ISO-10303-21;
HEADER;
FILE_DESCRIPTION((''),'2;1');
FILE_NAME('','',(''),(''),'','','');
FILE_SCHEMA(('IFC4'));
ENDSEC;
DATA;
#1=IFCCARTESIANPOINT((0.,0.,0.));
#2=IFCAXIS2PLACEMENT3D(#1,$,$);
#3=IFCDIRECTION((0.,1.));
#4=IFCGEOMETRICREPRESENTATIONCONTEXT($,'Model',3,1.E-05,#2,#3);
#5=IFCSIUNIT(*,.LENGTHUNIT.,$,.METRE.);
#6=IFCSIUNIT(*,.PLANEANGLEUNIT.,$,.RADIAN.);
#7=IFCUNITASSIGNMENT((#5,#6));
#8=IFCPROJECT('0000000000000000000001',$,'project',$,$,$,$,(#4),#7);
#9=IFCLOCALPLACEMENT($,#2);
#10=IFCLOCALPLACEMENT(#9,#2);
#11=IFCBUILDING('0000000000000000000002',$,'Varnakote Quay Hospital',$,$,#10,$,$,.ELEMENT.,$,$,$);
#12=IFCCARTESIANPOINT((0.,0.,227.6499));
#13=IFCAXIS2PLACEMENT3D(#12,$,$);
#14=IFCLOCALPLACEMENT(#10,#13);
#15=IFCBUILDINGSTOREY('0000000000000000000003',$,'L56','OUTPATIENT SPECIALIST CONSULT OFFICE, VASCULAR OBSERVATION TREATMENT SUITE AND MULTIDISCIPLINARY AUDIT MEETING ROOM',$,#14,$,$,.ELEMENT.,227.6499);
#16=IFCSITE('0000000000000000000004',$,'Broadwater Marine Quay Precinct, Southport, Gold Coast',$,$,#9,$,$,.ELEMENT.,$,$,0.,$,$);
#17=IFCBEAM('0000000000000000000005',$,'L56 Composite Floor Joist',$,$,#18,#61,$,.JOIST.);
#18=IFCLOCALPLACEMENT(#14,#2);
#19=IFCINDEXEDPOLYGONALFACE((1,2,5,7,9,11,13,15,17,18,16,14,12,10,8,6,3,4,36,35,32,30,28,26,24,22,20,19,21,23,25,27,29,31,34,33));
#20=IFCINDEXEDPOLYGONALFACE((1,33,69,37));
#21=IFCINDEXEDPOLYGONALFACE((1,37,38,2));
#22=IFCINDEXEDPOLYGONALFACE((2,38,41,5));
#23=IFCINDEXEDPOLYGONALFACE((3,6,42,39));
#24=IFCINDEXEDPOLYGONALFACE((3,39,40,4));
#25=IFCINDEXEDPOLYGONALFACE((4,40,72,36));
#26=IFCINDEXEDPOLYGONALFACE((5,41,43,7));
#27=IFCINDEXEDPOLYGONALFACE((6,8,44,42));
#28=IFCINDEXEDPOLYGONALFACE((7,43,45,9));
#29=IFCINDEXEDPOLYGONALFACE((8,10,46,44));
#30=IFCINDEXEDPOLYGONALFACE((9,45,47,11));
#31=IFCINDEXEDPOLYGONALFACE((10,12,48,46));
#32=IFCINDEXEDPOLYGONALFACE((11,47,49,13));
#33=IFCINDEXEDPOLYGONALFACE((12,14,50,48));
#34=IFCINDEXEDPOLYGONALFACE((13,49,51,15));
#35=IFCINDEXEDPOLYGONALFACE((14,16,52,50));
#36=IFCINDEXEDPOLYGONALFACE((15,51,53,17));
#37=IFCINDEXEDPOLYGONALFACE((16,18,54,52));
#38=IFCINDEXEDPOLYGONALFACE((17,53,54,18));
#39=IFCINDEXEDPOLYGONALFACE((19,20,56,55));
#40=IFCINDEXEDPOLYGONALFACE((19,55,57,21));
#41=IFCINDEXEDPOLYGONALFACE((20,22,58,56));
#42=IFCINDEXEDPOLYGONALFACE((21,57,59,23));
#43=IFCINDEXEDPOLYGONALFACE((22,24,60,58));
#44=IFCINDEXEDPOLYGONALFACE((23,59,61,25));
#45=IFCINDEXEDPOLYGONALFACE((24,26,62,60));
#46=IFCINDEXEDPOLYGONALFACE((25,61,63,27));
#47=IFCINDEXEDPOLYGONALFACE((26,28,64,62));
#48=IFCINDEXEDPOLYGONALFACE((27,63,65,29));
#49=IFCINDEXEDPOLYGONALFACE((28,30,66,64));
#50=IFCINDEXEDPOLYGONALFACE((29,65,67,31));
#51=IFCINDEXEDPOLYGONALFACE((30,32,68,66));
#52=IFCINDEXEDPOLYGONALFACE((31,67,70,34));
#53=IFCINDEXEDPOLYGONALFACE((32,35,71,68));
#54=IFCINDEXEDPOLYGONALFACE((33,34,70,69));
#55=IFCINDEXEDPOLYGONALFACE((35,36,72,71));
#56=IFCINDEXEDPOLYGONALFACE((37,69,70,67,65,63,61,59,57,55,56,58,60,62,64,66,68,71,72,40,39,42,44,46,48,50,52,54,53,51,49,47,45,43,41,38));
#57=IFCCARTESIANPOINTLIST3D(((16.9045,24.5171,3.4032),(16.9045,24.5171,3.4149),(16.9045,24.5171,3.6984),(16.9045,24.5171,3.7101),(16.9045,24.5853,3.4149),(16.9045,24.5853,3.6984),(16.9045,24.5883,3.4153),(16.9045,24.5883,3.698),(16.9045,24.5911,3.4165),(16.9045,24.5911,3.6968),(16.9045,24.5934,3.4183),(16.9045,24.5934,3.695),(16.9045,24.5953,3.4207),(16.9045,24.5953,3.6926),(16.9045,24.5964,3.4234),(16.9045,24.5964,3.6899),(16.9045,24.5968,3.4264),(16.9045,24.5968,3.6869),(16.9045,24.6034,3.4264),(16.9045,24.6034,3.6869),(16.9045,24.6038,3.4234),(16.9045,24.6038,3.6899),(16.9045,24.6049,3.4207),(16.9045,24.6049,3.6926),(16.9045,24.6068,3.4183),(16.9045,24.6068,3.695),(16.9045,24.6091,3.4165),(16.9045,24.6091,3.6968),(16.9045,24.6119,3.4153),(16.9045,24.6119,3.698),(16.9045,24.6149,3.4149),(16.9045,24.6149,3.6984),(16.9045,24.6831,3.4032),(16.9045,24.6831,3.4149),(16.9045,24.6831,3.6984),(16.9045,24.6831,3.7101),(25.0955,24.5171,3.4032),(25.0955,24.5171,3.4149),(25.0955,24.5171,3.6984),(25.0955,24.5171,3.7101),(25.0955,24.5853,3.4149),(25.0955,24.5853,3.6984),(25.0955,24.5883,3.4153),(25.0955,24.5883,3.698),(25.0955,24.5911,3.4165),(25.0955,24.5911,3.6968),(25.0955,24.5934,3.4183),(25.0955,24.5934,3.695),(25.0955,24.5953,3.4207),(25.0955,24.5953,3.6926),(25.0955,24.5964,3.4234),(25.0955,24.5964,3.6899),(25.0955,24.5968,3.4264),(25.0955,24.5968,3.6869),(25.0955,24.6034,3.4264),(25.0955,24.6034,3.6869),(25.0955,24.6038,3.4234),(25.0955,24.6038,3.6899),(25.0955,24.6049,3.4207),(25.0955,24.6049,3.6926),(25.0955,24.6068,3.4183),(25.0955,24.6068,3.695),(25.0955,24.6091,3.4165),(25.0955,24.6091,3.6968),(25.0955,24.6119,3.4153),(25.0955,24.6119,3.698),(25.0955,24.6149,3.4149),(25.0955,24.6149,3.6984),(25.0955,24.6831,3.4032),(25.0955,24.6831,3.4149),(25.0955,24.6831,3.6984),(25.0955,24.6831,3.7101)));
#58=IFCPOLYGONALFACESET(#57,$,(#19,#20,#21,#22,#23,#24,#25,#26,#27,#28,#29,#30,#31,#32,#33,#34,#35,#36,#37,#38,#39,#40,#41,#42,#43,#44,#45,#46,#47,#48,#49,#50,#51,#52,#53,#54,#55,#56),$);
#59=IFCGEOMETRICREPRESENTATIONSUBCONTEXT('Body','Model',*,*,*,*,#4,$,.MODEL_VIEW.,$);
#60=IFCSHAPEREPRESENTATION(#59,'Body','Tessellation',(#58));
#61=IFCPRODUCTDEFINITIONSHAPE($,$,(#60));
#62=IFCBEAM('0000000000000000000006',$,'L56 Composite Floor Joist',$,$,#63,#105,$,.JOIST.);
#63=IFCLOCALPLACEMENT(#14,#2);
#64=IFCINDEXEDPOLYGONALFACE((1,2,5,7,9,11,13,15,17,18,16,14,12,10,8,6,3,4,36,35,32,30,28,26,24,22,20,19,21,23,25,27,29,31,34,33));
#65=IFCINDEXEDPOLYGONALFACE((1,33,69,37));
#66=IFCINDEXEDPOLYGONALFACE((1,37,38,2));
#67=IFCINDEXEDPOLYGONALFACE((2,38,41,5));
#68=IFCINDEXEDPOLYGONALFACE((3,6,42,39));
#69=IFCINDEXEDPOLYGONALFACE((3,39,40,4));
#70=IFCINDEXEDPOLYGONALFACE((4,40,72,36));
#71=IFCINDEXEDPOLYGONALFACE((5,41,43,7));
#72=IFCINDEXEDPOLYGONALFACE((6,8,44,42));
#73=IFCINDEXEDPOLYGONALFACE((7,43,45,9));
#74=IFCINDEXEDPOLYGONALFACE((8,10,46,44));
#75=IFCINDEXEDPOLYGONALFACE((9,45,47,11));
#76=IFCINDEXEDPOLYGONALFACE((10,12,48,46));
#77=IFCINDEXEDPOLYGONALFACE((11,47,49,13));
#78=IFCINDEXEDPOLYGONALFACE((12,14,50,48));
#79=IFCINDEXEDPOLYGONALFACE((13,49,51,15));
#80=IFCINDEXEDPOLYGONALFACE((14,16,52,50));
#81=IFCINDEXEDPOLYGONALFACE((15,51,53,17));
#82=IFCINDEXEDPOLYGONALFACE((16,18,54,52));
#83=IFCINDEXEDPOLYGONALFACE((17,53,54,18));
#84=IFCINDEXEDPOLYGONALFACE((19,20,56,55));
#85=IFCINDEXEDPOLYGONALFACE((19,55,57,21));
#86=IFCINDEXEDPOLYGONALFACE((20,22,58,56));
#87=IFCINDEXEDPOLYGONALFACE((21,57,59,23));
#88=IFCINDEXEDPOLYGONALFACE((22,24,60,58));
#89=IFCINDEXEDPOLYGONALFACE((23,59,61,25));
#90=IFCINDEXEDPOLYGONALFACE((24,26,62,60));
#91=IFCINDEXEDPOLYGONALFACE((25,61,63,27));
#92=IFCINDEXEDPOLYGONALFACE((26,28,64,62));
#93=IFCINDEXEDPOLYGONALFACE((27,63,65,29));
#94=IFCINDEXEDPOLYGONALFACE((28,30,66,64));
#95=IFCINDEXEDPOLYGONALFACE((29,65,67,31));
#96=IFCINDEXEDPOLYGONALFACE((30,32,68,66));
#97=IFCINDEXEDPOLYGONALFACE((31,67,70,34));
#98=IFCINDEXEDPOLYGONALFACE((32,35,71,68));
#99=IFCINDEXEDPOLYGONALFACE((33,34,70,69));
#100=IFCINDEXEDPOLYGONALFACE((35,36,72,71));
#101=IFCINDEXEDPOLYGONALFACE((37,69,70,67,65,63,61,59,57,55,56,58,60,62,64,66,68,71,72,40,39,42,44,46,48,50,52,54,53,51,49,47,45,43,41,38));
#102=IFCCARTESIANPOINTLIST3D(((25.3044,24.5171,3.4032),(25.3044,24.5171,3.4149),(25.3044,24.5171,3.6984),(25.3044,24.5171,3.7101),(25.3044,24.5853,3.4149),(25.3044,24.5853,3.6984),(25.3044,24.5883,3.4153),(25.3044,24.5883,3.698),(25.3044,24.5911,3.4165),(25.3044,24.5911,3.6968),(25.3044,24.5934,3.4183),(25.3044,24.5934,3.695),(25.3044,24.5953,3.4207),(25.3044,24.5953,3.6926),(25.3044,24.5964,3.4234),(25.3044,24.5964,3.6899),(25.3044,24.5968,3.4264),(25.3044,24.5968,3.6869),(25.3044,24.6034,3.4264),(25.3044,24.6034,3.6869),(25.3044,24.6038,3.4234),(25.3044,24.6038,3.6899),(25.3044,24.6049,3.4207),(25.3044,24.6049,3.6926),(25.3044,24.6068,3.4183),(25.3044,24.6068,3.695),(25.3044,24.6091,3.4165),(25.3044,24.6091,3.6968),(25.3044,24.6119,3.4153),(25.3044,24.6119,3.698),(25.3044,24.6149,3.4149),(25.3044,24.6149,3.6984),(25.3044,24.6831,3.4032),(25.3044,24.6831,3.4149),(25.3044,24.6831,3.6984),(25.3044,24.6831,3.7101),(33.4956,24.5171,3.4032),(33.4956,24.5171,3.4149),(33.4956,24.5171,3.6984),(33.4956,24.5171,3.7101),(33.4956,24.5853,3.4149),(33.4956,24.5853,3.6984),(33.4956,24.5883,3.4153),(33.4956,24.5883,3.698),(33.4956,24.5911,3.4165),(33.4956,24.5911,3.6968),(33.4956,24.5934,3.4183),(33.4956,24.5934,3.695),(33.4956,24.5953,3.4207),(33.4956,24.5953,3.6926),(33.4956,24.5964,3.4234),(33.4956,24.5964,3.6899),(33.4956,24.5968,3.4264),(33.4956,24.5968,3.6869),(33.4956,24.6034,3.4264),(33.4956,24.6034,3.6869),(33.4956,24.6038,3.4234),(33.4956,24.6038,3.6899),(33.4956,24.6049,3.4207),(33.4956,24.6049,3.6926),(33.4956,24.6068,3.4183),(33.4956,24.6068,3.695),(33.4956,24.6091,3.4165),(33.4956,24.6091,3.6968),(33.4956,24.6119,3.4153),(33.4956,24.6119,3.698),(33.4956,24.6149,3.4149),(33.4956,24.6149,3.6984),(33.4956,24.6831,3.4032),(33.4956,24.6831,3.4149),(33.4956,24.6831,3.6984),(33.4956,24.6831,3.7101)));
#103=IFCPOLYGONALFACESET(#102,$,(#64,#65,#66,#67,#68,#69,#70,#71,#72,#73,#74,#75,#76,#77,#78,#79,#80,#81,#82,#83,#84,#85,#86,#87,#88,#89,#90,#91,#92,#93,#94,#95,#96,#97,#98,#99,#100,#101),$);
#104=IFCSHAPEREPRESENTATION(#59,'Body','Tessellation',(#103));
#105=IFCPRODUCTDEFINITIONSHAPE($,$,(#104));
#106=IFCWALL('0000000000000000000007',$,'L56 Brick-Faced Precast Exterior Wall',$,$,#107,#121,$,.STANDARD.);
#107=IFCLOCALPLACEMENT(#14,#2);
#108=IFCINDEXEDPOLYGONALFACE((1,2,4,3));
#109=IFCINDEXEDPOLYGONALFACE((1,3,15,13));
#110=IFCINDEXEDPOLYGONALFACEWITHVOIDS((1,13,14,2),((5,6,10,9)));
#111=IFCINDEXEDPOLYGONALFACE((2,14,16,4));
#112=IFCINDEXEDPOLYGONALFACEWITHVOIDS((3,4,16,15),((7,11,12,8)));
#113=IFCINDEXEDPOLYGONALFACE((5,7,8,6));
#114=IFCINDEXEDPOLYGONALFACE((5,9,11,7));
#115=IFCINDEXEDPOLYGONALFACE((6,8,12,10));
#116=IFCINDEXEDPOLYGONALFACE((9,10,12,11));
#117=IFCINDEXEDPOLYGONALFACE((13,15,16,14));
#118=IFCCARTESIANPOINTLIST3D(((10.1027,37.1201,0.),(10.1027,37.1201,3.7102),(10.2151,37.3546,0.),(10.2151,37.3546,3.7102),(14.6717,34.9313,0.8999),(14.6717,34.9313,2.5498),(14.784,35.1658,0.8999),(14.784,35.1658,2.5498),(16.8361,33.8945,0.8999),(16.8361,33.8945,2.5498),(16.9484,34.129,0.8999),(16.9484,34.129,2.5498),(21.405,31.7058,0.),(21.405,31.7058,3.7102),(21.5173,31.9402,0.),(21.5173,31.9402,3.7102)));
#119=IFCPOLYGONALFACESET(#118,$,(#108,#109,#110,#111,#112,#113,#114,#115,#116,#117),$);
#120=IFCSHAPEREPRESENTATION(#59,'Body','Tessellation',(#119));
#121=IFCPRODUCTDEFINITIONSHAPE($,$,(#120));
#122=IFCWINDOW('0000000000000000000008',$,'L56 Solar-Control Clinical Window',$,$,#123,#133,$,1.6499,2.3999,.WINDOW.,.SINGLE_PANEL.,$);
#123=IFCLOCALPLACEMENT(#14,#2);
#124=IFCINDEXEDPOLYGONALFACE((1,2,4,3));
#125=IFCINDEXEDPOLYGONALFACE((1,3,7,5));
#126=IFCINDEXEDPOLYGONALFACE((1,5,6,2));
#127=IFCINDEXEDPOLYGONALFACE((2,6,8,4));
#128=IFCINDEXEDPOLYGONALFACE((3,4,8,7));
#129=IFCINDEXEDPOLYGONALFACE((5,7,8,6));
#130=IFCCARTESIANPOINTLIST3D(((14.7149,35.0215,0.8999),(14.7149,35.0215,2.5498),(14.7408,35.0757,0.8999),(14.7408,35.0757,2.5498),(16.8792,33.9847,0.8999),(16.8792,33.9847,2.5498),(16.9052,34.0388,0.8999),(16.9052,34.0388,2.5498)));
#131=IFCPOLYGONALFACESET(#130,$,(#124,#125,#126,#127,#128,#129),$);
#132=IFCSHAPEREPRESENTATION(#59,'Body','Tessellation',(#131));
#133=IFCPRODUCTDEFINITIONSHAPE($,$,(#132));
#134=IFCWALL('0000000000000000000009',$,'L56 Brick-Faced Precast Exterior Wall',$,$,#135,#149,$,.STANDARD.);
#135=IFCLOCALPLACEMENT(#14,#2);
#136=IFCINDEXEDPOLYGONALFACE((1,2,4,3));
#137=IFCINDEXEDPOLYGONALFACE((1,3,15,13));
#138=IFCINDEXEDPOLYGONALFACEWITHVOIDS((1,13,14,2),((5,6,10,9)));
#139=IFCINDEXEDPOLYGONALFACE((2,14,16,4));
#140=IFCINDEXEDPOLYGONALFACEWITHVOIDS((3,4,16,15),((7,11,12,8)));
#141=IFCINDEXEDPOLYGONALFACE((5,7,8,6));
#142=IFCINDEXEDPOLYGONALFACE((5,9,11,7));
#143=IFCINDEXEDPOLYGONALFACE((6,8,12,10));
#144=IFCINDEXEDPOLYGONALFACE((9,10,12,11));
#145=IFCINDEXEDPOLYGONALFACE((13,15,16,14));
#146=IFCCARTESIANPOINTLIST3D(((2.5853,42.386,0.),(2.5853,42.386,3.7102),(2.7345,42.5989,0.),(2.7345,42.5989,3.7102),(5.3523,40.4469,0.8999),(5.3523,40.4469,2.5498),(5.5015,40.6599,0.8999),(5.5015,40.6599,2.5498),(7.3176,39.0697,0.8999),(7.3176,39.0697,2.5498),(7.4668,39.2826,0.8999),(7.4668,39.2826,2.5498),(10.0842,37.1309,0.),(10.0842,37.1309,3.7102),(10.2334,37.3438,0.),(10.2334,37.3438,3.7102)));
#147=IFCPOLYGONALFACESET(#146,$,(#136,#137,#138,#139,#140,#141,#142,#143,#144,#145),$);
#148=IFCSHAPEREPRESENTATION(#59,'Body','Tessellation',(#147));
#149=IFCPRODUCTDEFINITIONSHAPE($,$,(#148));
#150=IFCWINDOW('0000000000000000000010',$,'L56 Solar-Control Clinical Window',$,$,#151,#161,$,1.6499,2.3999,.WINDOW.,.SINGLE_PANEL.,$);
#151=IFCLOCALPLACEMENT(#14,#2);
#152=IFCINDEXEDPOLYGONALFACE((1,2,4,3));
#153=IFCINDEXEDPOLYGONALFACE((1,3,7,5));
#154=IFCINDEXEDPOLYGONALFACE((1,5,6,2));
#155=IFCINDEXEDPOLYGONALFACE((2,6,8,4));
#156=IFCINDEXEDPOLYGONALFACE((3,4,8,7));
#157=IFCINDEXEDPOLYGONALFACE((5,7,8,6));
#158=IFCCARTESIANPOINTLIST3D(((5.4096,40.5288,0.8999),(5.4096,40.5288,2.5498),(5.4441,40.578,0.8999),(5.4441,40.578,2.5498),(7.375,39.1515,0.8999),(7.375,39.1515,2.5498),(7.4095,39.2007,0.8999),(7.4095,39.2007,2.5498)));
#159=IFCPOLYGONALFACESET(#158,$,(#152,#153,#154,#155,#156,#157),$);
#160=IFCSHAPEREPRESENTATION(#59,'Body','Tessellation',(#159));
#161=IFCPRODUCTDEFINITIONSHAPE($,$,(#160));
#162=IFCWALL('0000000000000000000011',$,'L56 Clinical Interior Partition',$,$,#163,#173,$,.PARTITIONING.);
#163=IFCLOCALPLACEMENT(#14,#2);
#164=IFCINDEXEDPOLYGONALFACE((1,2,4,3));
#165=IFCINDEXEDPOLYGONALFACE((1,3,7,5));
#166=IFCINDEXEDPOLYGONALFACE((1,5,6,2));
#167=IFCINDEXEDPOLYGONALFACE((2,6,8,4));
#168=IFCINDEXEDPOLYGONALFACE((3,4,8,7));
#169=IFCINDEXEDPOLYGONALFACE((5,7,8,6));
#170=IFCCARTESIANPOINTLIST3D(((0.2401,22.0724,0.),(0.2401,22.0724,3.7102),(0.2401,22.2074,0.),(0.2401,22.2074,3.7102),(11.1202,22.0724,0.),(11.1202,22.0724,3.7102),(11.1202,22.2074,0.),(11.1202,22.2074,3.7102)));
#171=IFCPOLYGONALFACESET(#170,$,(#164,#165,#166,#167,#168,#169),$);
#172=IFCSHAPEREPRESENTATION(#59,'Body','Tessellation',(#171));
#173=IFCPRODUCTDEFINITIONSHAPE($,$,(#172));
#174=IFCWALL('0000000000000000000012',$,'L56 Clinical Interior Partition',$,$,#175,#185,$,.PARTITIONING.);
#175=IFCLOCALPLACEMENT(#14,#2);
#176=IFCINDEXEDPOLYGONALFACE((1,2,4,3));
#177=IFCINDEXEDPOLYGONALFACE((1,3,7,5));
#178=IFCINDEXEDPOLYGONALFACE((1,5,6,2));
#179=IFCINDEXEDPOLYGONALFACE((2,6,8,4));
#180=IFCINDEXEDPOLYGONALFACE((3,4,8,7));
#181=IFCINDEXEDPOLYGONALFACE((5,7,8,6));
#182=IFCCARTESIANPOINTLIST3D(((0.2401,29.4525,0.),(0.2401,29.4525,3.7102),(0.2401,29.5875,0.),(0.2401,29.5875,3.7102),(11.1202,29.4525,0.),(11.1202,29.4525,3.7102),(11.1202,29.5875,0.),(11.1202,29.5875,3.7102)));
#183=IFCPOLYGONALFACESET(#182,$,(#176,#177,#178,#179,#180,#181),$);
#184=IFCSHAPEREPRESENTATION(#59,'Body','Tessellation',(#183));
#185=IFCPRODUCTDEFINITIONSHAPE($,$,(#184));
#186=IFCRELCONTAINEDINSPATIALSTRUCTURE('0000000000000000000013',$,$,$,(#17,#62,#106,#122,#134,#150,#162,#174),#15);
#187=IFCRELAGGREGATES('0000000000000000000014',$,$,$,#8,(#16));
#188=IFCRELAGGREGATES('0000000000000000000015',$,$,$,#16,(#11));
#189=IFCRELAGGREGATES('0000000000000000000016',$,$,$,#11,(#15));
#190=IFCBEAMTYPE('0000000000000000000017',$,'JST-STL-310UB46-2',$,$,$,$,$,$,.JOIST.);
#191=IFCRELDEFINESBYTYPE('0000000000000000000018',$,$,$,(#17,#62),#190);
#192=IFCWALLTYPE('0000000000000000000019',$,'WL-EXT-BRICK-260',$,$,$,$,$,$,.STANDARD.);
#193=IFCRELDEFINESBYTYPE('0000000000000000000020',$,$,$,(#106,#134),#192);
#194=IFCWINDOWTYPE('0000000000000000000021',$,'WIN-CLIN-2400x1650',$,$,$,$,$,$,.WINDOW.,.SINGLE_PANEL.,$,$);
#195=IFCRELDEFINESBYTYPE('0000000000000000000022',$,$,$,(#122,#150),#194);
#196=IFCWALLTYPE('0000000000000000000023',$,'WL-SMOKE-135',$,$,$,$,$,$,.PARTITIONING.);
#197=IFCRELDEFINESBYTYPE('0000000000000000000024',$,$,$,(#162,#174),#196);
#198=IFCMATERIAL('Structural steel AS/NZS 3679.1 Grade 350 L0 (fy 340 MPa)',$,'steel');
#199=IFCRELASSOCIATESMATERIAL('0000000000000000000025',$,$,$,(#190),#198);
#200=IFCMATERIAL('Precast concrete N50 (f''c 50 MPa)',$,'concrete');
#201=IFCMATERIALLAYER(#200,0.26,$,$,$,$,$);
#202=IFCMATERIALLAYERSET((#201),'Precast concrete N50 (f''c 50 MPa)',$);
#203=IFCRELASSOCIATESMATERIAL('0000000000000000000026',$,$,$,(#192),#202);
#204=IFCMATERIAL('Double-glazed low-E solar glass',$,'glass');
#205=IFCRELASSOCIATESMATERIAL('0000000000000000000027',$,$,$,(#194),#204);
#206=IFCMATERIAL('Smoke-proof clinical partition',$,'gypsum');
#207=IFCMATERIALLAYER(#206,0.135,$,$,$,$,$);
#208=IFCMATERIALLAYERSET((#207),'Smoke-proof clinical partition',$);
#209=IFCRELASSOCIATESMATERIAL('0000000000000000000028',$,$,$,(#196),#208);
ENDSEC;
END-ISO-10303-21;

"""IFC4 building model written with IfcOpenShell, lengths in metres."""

from ifc_helpers import new_model, si_unit, direction, frame, frame_2d, origin, origin_2d, place, context, subcontext, project, spatial, rectangle, i_section, extrude, material, layer, layer_set, material_profile, profile_set, type_object, element, fill, save


model = new_model("IFC4")

# Units and contexts
model_context = context("Model", 3, precision=1e-05, world=origin(), true_north=direction((0.0, 1.0)))
body_context = subcontext(model_context, "Body", "Model", "MODEL_VIEW")
ifc_project = project(units=[si_unit("LENGTHUNIT", "METRE"), si_unit("PLANEANGLEUNIT", "RADIAN")], contexts=[model_context])

# Site, building, storey
site_placement = place(None, origin())
site = spatial("IfcSite", under=ifc_project, at=site_placement, Name="Broadwater Marine Quay Precinct, Southport, Gold Coast", CompositionType="ELEMENT", RefElevation=0.0)
building_placement = place(site_placement, origin())
building = spatial("IfcBuilding", under=site, at=building_placement, Name="Varnakote Quay Hospital", CompositionType="ELEMENT")
storey_placement = place(building_placement, frame((0.0, 0.0, 227.6499)))
storey = spatial("IfcBuildingStorey", under=building, at=storey_placement, Name="L56", Description="OUTPATIENT SPECIALIST CONSULT OFFICE, VASCULAR OBSERVATION TREATMENT SUITE AND MULTIDISCIPLINARY AUDIT MEETING ROOM", CompositionType="ELEMENT", Elevation=227.6499)

# Beams
ifc_material_1 = material(Name="Structural steel AS/NZS 3679.1 Grade 350 L0 (fy 340 MPa)", Category="steel")
ifc_material_profile_1 = material_profile(ifc_material_1, i_section(OverallWidth=0.166, OverallDepth=0.3069, WebThickness=0.0066, FlangeThickness=0.0117, FilletRadius=0.0115, at=origin_2d()), Name="310UB46.2")
ifc_profile_set_1 = profile_set([ifc_material_profile_1], Name="Structural steel AS/NZS 3679.1 Grade 350 L0 (fy 340 MPa)")
beam_type_1 = type_object("IfcBeamType", Name="JST-STL-310UB46-2", PredefinedType="JOIST", material=ifc_profile_set_1)
beam_1_placement = place(storey_placement, frame((16.9045, 24.6001, 3.5566), z_axis=(1.0, 0.0, 0.0), x_axis=(0.0, 1.0, 0.0)))
element("IfcBeam", 1, at=beam_1_placement, inside=storey, type_object=beam_type_1, Name="L56 Composite Floor Joist", PredefinedType="JOIST", context=body_context, shape_type="SweptSolid", body=[
    extrude(i_section(OverallWidth=0.166, OverallDepth=0.3069, WebThickness=0.0066, FlangeThickness=0.0117, FilletRadius=0.0115, at=origin_2d()), origin(), (0.0, 0.0, 1.0), 8.1909),
])
beam_2_placement = place(storey_placement, frame((25.3044, 24.6001, 3.5566), z_axis=(1.0, 0.0, 0.0), x_axis=(0.0, 1.0, 0.0)))
element("IfcBeam", 2, at=beam_2_placement, inside=storey, type_object=beam_type_1, Name="L56 Composite Floor Joist", PredefinedType="JOIST", context=body_context, shape_type="SweptSolid", body=[
    extrude(i_section(OverallWidth=0.166, OverallDepth=0.3069, WebThickness=0.0066, FlangeThickness=0.0117, FilletRadius=0.0115, at=origin_2d()), origin(), (0.0, 0.0, 1.0), 8.1912),
])

# Walls, openings, windows
ifc_material_2 = material(Name="Precast concrete N50 (f'c 50 MPa)", Category="concrete")
ifc_layer_1 = layer(ifc_material_2, 0.26)
ifc_layer_set_1 = layer_set([ifc_layer_1], Name="Precast concrete N50 (f'c 50 MPa)")
wall_type_1 = type_object("IfcWallType", Name="WL-EXT-BRICK-260", PredefinedType="STANDARD", material=ifc_layer_set_1)
wall_1_placement = place(storey_placement, frame((21.4612, 31.823, 0.0), z_axis=(0.0, 0.0, 1.0), x_axis=(-0.901858, 0.432032, 0.0)))
wall_1 = element("IfcWall", 3, at=wall_1_placement, inside=storey, type_object=wall_type_1, Name="L56 Brick-Faced Precast Exterior Wall", PredefinedType="STANDARD", context=body_context, shape_type="SweptSolid", body=[
    extrude(rectangle(XDim=12.5322, YDim=0.26, at=frame_2d((6.2661, 0.0))), origin(), (0.0, 0.0, 1.0), 3.7102),
])
opening_1_placement = place(wall_1_placement, frame((5.0662, 0.0, 0.8999)))
opening_1 = element("IfcOpeningElement", 4, at=opening_1_placement, cuts=wall_1, PredefinedType="OPENING", context=body_context, shape_type="SweptSolid", body=[
    extrude(rectangle(XDim=2.3999, YDim=1.6499, at=frame_2d((1.2, 0.825))), frame((0.0, 0.1399, 0.0), z_axis=(0.0, -1.0, 0.0), x_axis=(1.0, 0.0, 0.0)), (0.0, 0.0, 1.0), 0.28),
])
ifc_material_3 = material(Name="Double-glazed low-E solar glass", Category="glass")
window_type = type_object("IfcWindowType", Name="WIN-CLIN-2400x1650", PartitioningType="SINGLE_PANEL", PredefinedType="WINDOW", material=ifc_material_3)
window_1_placement = place(opening_1_placement, origin())
window_1 = element("IfcWindow", 5, at=window_1_placement, inside=storey, type_object=window_type, Name="L56 Solar-Control Clinical Window", OverallHeight=1.6499, OverallWidth=2.3999, PartitioningType="SINGLE_PANEL", PredefinedType="WINDOW", context=body_context, shape_type="SweptSolid", body=[
    extrude(rectangle(XDim=2.3999, YDim=1.6499, at=frame_2d((1.2, 0.825))), frame((0.0, 0.03, 0.0), z_axis=(0.0, -1.0, 0.0), x_axis=(1.0, 0.0, 0.0)), (0.0, 0.0, 1.0), 0.0601),
])
fill(opening_1, window_1)
wall_2_placement = place(storey_placement, frame((10.1589, 37.2373, 0.0), z_axis=(0.0, 0.0, 1.0), x_axis=(-0.818934, 0.573888, 0.0)))
wall_2 = element("IfcWall", 6, at=wall_2_placement, inside=storey, type_object=wall_type_1, Name="L56 Brick-Faced Precast Exterior Wall", PredefinedType="STANDARD", context=body_context, shape_type="SweptSolid", body=[
    extrude(rectangle(XDim=9.157, YDim=0.26, at=frame_2d((4.5786, 0.0))), origin(), (0.0, 0.0, 1.0), 3.7102),
])
opening_2_placement = place(wall_2_placement, frame((3.3784, 0.0, 0.8999)))
opening_2 = element("IfcOpeningElement", 7, at=opening_2_placement, cuts=wall_2, PredefinedType="OPENING", context=body_context, shape_type="SweptSolid", body=[
    extrude(rectangle(XDim=2.3999, YDim=1.6499, at=frame_2d((1.2, 0.825))), frame((0.0, 0.1399, 0.0), z_axis=(0.0, -1.0, 0.0), x_axis=(1.0, 0.0, 0.0)), (0.0, 0.0, 1.0), 0.28),
])
window_2_placement = place(opening_2_placement, origin())
window_2 = element("IfcWindow", 8, at=window_2_placement, inside=storey, type_object=window_type, Name="L56 Solar-Control Clinical Window", OverallHeight=1.6499, OverallWidth=2.3999, PartitioningType="SINGLE_PANEL", PredefinedType="WINDOW", context=body_context, shape_type="SweptSolid", body=[
    extrude(rectangle(XDim=2.3999, YDim=1.6499, at=frame_2d((1.2, 0.825))), frame((0.0, 0.03, 0.0), z_axis=(0.0, -1.0, 0.0), x_axis=(1.0, 0.0, 0.0)), (0.0, 0.0, 1.0), 0.0601),
])
fill(opening_2, window_2)

# Walls
ifc_material_4 = material(Name="Smoke-proof clinical partition", Category="gypsum")
ifc_layer_2 = layer(ifc_material_4, 0.135)
ifc_layer_set_2 = layer_set([ifc_layer_2], Name="Smoke-proof clinical partition")
wall_type_2 = type_object("IfcWallType", Name="WL-SMOKE-135", PredefinedType="PARTITIONING", material=ifc_layer_set_2)
for number, where, z_axis, x_axis, name in (
    (9, (11.1201, 22.1399, 0.0), (0.0, 0.0, 1.0), (-1.0, 0.0, 0.0), "L56 Clinical Interior Partition"),
    (10, (11.1201, 29.52, 0.0), (0.0, 0.0, 1.0), (-1.0, 0.0, 0.0), "L56 Clinical Interior Partition"),
):
    element("IfcWall", number, at=place(storey_placement, frame(where, z_axis=z_axis, x_axis=x_axis)), inside=storey, type_object=wall_type_2, Name=name, PredefinedType="PARTITIONING", context=body_context, shape_type="SweptSolid", body=[
        extrude(rectangle(XDim=10.8801, YDim=0.135, at=frame_2d((5.4399, 0.0))), origin(), (0.0, 0.0, 1.0), 3.7102),
    ])

save(model, "model.ifc")
